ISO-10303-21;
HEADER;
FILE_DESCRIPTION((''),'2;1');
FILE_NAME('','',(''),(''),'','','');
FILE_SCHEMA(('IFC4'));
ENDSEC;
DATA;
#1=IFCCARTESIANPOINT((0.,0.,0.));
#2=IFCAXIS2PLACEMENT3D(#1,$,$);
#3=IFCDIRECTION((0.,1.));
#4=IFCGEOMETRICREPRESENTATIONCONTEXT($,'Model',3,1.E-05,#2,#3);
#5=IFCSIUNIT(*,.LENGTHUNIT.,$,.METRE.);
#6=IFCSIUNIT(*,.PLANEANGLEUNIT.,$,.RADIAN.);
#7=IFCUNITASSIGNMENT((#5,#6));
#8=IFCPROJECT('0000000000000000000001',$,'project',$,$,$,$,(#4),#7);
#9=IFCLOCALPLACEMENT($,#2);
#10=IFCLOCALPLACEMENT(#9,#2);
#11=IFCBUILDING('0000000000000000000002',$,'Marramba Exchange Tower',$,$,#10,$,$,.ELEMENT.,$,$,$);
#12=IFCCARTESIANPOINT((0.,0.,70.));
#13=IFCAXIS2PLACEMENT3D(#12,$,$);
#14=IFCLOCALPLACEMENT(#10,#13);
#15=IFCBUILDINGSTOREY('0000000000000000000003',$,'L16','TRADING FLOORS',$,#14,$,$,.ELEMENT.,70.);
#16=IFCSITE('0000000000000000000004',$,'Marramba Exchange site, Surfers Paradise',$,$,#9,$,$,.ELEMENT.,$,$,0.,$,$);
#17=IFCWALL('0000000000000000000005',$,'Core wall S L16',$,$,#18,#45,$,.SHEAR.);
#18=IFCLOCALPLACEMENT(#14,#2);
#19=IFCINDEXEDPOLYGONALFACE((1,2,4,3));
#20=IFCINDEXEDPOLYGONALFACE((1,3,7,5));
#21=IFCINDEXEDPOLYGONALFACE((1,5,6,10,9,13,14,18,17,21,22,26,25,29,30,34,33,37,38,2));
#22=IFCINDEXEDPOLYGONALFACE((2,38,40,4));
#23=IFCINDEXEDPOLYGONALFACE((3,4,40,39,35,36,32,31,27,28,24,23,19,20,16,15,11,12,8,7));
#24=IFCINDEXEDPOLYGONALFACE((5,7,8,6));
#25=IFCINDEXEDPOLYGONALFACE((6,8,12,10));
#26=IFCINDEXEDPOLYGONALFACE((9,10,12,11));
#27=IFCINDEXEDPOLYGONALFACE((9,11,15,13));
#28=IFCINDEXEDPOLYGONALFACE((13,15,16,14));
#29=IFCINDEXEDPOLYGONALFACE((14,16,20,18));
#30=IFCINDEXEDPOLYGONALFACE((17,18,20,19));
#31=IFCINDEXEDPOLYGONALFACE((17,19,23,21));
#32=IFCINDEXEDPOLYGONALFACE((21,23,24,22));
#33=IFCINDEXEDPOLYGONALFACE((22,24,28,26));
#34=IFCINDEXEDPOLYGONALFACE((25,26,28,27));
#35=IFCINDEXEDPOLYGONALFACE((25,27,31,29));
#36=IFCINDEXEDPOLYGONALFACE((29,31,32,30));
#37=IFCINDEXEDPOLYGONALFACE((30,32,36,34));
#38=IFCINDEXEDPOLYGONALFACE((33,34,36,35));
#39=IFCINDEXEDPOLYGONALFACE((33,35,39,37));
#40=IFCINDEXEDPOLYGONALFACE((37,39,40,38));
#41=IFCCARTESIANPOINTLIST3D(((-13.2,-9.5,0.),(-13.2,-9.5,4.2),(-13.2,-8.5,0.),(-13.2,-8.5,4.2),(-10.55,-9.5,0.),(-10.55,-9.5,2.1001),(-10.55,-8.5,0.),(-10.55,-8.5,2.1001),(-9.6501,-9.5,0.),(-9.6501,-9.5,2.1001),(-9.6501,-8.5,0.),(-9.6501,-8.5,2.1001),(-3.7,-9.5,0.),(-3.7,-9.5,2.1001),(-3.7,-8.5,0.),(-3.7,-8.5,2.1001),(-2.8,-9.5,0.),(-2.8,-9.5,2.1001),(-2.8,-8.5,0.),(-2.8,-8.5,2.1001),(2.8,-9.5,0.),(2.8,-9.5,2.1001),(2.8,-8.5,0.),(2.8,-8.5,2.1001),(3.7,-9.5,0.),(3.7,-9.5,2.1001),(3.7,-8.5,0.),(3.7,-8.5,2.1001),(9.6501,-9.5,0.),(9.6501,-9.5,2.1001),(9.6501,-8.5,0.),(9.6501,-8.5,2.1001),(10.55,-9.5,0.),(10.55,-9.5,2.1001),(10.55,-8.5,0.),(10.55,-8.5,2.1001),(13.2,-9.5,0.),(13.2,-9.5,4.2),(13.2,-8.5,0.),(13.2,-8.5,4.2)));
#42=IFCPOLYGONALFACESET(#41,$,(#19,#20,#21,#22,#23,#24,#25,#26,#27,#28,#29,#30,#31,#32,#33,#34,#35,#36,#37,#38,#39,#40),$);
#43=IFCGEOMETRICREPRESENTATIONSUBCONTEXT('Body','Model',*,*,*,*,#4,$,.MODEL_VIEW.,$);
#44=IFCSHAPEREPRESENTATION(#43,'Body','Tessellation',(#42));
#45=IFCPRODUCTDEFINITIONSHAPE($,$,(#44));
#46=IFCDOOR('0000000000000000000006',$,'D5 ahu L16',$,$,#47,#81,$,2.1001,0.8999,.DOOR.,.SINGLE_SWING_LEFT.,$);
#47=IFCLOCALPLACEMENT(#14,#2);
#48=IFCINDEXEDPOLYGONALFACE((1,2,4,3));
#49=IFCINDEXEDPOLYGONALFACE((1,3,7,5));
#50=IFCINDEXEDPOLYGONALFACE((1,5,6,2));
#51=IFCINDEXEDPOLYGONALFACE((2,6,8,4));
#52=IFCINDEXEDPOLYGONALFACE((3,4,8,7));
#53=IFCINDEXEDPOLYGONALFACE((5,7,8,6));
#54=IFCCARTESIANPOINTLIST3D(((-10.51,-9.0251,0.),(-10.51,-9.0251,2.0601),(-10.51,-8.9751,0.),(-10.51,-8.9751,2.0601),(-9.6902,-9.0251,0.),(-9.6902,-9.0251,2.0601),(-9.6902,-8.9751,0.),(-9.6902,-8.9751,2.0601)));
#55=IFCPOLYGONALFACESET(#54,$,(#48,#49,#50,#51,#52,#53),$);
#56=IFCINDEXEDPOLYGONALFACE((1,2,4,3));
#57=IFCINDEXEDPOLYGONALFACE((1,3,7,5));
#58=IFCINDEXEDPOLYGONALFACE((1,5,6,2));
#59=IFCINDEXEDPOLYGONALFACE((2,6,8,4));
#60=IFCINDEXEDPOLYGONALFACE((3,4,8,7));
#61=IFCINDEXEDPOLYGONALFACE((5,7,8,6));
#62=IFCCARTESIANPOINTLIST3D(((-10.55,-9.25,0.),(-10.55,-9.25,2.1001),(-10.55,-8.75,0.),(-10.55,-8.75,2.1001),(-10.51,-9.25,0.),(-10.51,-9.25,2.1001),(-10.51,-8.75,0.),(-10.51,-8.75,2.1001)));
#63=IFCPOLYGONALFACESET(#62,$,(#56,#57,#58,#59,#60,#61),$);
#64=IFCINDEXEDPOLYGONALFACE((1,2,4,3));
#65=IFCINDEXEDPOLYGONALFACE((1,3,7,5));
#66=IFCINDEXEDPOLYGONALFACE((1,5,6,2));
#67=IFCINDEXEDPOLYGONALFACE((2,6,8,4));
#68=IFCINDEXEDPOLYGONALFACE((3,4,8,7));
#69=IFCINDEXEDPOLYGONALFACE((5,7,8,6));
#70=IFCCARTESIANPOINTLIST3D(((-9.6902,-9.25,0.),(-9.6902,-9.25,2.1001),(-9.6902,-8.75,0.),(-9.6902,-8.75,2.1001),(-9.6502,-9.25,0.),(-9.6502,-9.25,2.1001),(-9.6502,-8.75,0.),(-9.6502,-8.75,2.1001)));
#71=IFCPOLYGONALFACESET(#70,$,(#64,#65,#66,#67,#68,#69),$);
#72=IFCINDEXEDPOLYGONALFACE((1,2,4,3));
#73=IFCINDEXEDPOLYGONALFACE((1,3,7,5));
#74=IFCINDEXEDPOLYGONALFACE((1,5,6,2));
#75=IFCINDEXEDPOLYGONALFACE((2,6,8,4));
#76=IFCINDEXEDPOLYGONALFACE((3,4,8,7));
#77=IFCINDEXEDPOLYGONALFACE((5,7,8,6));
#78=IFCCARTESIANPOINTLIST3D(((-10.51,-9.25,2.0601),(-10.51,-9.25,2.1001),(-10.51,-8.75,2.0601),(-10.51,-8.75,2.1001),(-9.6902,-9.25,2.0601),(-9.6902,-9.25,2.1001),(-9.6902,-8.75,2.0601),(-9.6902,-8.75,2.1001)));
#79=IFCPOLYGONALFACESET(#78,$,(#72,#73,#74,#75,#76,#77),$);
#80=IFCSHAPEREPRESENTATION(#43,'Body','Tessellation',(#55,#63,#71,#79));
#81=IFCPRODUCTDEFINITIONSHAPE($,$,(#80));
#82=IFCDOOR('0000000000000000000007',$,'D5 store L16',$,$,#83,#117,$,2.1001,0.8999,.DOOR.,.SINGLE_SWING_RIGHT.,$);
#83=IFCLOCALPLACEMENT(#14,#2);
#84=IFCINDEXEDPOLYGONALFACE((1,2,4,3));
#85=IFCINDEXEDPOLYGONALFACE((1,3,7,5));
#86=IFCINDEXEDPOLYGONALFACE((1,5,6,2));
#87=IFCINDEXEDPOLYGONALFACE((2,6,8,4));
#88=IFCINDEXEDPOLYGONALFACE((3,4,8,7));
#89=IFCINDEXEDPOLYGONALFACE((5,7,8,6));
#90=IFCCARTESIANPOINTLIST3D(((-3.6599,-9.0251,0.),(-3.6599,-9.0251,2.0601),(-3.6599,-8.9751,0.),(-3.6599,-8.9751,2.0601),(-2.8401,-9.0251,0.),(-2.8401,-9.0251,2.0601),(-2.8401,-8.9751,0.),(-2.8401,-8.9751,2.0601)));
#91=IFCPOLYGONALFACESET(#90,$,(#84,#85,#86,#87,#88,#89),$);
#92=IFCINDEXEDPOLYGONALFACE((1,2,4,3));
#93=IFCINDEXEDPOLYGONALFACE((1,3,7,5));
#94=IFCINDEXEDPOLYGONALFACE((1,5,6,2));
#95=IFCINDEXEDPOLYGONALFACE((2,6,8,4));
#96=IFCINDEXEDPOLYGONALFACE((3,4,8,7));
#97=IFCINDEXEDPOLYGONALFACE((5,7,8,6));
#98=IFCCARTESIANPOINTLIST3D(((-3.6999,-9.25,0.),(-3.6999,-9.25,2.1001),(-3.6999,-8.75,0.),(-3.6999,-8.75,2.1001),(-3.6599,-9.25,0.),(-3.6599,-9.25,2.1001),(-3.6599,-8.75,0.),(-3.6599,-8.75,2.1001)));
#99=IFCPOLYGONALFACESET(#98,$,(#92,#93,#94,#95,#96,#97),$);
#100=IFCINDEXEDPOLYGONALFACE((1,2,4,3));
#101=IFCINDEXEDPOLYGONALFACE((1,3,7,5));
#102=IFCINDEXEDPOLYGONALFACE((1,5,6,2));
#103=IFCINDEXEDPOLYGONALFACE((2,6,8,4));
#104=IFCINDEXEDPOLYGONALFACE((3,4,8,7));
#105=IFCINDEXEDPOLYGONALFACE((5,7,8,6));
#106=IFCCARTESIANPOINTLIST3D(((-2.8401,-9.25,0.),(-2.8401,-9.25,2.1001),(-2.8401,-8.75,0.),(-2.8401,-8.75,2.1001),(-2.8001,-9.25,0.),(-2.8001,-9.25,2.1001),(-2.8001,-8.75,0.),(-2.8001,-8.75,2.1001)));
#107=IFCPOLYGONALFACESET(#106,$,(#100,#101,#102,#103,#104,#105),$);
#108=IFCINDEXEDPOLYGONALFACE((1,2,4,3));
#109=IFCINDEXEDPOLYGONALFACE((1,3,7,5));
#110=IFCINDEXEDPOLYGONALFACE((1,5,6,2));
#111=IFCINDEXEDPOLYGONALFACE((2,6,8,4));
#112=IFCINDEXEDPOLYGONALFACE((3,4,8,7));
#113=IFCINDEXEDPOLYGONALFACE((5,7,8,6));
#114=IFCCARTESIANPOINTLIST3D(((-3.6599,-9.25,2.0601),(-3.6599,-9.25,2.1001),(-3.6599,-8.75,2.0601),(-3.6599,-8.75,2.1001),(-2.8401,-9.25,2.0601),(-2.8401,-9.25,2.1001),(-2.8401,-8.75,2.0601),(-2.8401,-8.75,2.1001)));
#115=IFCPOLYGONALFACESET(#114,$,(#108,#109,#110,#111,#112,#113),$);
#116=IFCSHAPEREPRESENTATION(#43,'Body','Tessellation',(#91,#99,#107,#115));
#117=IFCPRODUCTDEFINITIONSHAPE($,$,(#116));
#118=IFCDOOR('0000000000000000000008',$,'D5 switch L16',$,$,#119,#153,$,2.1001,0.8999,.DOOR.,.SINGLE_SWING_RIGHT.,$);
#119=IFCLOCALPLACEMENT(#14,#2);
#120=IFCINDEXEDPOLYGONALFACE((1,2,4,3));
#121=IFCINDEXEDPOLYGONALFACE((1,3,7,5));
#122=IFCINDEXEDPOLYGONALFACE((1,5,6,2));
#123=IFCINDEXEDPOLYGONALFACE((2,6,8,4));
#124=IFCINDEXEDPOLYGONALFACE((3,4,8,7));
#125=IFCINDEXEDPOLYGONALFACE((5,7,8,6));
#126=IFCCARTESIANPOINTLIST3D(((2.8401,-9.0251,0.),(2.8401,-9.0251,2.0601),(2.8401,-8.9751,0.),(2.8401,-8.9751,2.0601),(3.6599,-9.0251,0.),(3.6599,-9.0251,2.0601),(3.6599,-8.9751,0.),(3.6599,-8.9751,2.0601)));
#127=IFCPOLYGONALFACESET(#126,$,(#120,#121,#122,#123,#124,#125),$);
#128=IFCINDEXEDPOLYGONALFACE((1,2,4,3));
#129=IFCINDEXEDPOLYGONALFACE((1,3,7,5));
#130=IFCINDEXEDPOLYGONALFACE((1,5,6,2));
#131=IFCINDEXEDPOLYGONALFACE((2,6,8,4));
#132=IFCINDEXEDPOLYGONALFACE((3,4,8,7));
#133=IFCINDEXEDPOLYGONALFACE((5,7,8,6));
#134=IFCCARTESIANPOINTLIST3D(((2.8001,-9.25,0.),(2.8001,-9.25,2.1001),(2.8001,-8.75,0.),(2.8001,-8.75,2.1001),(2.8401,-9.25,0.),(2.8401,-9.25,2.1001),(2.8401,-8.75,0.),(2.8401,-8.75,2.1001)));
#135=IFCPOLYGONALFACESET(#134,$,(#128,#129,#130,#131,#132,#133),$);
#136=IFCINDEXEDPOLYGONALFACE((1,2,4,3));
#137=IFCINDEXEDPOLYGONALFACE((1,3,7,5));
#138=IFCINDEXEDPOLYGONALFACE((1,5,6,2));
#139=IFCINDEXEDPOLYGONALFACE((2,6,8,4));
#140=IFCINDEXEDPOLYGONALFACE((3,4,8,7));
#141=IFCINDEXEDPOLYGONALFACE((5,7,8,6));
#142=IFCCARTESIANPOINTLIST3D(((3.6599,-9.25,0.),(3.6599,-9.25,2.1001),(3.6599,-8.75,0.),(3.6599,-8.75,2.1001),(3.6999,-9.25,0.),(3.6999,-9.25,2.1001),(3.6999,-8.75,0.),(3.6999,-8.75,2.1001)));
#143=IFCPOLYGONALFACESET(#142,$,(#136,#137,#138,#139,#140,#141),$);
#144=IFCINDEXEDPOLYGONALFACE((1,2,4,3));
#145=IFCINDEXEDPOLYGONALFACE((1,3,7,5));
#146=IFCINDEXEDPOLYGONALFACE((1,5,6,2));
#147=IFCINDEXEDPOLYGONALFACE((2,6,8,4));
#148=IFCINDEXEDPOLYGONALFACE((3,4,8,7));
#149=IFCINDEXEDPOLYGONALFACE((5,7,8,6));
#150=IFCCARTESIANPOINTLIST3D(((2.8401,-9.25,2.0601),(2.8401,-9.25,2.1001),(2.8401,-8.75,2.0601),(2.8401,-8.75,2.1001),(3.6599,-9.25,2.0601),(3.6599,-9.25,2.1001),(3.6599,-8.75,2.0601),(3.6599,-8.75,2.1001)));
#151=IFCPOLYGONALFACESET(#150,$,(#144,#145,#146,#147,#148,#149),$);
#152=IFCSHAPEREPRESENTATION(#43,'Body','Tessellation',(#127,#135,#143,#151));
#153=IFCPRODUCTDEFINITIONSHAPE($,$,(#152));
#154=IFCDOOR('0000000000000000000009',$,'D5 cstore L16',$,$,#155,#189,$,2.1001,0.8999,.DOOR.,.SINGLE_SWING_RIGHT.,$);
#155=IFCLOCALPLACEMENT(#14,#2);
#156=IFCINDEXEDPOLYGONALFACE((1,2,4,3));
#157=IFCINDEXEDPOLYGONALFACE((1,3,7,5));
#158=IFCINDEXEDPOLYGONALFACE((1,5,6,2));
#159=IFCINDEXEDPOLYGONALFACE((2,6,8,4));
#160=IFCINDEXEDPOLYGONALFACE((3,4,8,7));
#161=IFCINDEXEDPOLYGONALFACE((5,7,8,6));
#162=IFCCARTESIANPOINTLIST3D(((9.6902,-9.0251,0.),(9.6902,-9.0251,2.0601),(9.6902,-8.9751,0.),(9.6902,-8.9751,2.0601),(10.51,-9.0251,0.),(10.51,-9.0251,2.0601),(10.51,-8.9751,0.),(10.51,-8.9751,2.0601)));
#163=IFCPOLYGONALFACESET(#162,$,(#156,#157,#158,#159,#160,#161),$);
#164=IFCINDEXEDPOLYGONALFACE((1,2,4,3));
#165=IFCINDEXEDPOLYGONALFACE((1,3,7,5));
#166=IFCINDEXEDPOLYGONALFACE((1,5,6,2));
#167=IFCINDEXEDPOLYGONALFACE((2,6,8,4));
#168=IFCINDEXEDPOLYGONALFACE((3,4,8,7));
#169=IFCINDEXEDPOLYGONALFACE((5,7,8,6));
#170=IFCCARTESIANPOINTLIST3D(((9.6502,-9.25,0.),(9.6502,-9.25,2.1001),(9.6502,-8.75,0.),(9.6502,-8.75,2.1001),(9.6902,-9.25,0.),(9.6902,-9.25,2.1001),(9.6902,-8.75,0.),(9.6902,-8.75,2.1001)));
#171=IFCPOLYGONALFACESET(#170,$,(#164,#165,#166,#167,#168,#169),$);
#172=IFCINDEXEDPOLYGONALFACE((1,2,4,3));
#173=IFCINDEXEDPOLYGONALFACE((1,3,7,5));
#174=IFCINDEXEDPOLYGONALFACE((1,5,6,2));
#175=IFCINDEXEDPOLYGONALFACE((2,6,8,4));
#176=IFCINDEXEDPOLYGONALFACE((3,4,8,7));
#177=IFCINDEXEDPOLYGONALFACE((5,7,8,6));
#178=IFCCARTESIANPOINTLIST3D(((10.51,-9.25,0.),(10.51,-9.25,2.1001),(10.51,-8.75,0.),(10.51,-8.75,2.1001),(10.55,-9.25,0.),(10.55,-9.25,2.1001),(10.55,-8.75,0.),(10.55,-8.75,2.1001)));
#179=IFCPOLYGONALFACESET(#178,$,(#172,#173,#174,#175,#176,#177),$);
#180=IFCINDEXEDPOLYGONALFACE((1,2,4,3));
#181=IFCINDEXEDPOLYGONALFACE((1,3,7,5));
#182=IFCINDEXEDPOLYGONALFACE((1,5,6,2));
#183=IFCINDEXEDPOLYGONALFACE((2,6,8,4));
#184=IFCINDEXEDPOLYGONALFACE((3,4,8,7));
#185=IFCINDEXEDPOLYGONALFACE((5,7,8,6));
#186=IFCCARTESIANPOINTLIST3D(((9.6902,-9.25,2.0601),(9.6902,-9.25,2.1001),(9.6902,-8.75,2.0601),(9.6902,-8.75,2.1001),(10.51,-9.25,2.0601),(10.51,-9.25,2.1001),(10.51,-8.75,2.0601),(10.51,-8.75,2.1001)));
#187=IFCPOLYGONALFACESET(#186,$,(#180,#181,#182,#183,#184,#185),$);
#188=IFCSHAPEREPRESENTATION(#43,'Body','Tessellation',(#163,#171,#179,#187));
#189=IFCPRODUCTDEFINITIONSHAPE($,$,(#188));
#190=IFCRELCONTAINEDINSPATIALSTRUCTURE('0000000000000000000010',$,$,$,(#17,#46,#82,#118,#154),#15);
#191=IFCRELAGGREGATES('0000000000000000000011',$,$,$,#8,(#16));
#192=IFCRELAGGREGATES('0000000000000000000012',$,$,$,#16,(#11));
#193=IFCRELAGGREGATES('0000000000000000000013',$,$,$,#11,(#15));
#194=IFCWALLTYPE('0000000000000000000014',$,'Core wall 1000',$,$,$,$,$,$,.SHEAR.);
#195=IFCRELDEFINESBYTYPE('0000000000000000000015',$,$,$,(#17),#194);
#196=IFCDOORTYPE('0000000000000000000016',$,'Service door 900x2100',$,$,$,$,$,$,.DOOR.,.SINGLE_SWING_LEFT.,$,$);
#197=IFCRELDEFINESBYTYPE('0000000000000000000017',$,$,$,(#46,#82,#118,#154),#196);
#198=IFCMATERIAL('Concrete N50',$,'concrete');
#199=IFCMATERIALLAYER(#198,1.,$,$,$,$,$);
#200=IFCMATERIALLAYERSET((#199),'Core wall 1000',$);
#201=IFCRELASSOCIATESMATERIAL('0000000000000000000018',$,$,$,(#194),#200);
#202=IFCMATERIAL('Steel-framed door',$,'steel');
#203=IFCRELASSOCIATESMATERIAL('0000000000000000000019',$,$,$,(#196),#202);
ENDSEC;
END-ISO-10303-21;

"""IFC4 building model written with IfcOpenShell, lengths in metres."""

from ifc_helpers import new_model, si_unit, direction, frame, frame_2d, origin, place, context, subcontext, project, spatial, rectangle, extrude, material, layer, layer_set, type_object, element, fill, save


model = new_model("IFC4")

# Units and contexts
model_context = context("Model", 3, precision=1e-05, world=origin(), true_north=direction((0.0, 1.0)))
body_context = subcontext(model_context, "Body", "Model", "MODEL_VIEW")
ifc_project = project(units=[si_unit("LENGTHUNIT", "METRE"), si_unit("PLANEANGLEUNIT", "RADIAN")], contexts=[model_context])

# Site, building, storey
site_placement = place(None, origin())
site = spatial("IfcSite", under=ifc_project, at=site_placement, Name="Marramba Exchange site, Surfers Paradise", CompositionType="ELEMENT", RefElevation=0.0)
building_placement = place(site_placement, origin())
building = spatial("IfcBuilding", under=site, at=building_placement, Name="Marramba Exchange Tower", CompositionType="ELEMENT")
storey_placement = place(building_placement, frame((0.0, 0.0, 70.0)))
storey = spatial("IfcBuildingStorey", under=building, at=storey_placement, Name="L16", Description="TRADING FLOORS", CompositionType="ELEMENT", Elevation=70.0)

# Wall, openings, doors
ifc_material_1 = material(Name="Concrete N50", Category="concrete")
ifc_layer_1 = layer(ifc_material_1, 1.0)
ifc_layer_set_1 = layer_set([ifc_layer_1], Name="Core wall 1000")
wall_type_1 = type_object("IfcWallType", Name="Core wall 1000", PredefinedType="SHEAR", material=ifc_layer_set_1)
wall_1_placement = place(storey_placement, frame((-13.2, -9.0, 0.0), z_axis=(0.0, 0.0, 1.0), x_axis=(1.0, 0.0, 0.0)))
wall_1 = element("IfcWall", 1, at=wall_1_placement, inside=storey, type_object=wall_type_1, Name="Core wall S L16", PredefinedType="SHEAR", context=body_context, shape_type="SweptSolid", body=[
    extrude(rectangle(XDim=26.3999, YDim=1.0, at=frame_2d((13.2, 0.0))), origin(), (0.0, 0.0, 1.0), 4.2),
])
opening_1_placement = place(wall_1_placement, frame((2.6499, 0.0, 0.0)))
opening_1 = element("IfcOpeningElement", 2, at=opening_1_placement, cuts=wall_1, PredefinedType="OPENING", context=body_context, shape_type="SweptSolid", body=[
    extrude(rectangle(XDim=0.8999, YDim=2.1001, at=frame_2d((0.45, 1.05))), frame((0.0, 0.51, 0.0), z_axis=(0.0, -1.0, 0.0), x_axis=(1.0, 0.0, 0.0)), (0.0, 0.0, 1.0), 1.02),
])
opening_2_placement = place(wall_1_placement, frame((9.5, 0.0, 0.0)))
opening_2 = element("IfcOpeningElement", 3, at=opening_2_placement, cuts=wall_1, PredefinedType="OPENING", context=body_context, shape_type="SweptSolid", body=[
    extrude(rectangle(XDim=0.8999, YDim=2.1001, at=frame_2d((0.45, 1.05))), frame((0.0, 0.51, 0.0), z_axis=(0.0, -1.0, 0.0), x_axis=(1.0, 0.0, 0.0)), (0.0, 0.0, 1.0), 1.02),
])
opening_3_placement = place(wall_1_placement, frame((16.0, 0.0, 0.0)))
opening_3 = element("IfcOpeningElement", 4, at=opening_3_placement, cuts=wall_1, PredefinedType="OPENING", context=body_context, shape_type="SweptSolid", body=[
    extrude(rectangle(XDim=0.8999, YDim=2.1001, at=frame_2d((0.45, 1.05))), frame((0.0, 0.51, 0.0), z_axis=(0.0, -1.0, 0.0), x_axis=(1.0, 0.0, 0.0)), (0.0, 0.0, 1.0), 1.02),
])
opening_4_placement = place(wall_1_placement, frame((22.8501, 0.0, 0.0)))
opening_4 = element("IfcOpeningElement", 5, at=opening_4_placement, cuts=wall_1, PredefinedType="OPENING", context=body_context, shape_type="SweptSolid", body=[
    extrude(rectangle(XDim=0.8999, YDim=2.1001, at=frame_2d((0.45, 1.05))), frame((0.0, 0.51, 0.0), z_axis=(0.0, -1.0, 0.0), x_axis=(1.0, 0.0, 0.0)), (0.0, 0.0, 1.0), 1.02),
])
ifc_material_2 = material(Name="Steel-framed door", Category="steel")
door_type_1 = type_object("IfcDoorType", Name="Service door 900x2100", OperationType="SINGLE_SWING_LEFT", PredefinedType="DOOR", material=ifc_material_2)
door_1_placement = place(opening_1_placement, origin())
door_1 = element("IfcDoor", 6, at=door_1_placement, inside=storey, type_object=door_type_1, Name="D5 ahu L16", OperationType="SINGLE_SWING_LEFT", OverallHeight=2.1001, OverallWidth=0.8999, PredefinedType="DOOR", context=body_context, shape_type="SweptSolid", body=[
    extrude(rectangle(XDim=0.8198, YDim=2.0601, at=frame_2d((0.45, 1.03))), frame((0.0, 0.0249, 0.0), z_axis=(0.0, -1.0, 0.0), x_axis=(1.0, 0.0, 0.0)), (0.0, 0.0, 1.0), 0.05),
    extrude(rectangle(XDim=0.04, YDim=2.1001, at=frame_2d((0.02, 1.05))), frame((0.0, 0.25, 0.0), z_axis=(0.0, -1.0, 0.0), x_axis=(1.0, 0.0, 0.0)), (0.0, 0.0, 1.0), 0.5),
    extrude(rectangle(XDim=0.04, YDim=2.1001, at=frame_2d((0.8799, 1.05))), frame((0.0, 0.25, 0.0), z_axis=(0.0, -1.0, 0.0), x_axis=(1.0, 0.0, 0.0)), (0.0, 0.0, 1.0), 0.5),
    extrude(rectangle(XDim=0.8198, YDim=0.04, at=frame_2d((0.45, 2.0801))), frame((0.0, 0.25, 0.0), z_axis=(0.0, -1.0, 0.0), x_axis=(1.0, 0.0, 0.0)), (0.0, 0.0, 1.0), 0.5),
])
fill(opening_1, door_1)
door_2_placement = place(opening_2_placement, origin())
door_2 = element("IfcDoor", 7, at=door_2_placement, inside=storey, type_object=door_type_1, Name="D5 store L16", OperationType="SINGLE_SWING_RIGHT", OverallHeight=2.1001, OverallWidth=0.8999, PredefinedType="DOOR", context=body_context, shape_type="SweptSolid", body=[
    extrude(rectangle(XDim=0.8198, YDim=2.0601, at=frame_2d((0.45, 1.03))), frame((0.0, 0.0249, 0.0), z_axis=(0.0, -1.0, 0.0), x_axis=(1.0, 0.0, 0.0)), (0.0, 0.0, 1.0), 0.05),
    extrude(rectangle(XDim=0.04, YDim=2.1001, at=frame_2d((0.02, 1.05))), frame((0.0, 0.25, 0.0), z_axis=(0.0, -1.0, 0.0), x_axis=(1.0, 0.0, 0.0)), (0.0, 0.0, 1.0), 0.5),
    extrude(rectangle(XDim=0.04, YDim=2.1001, at=frame_2d((0.8799, 1.05))), frame((0.0, 0.25, 0.0), z_axis=(0.0, -1.0, 0.0), x_axis=(1.0, 0.0, 0.0)), (0.0, 0.0, 1.0), 0.5),
    extrude(rectangle(XDim=0.8198, YDim=0.04, at=frame_2d((0.45, 2.0801))), frame((0.0, 0.25, 0.0), z_axis=(0.0, -1.0, 0.0), x_axis=(1.0, 0.0, 0.0)), (0.0, 0.0, 1.0), 0.5),
])
fill(opening_2, door_2)
door_3_placement = place(opening_3_placement, origin())
door_3 = element("IfcDoor", 8, at=door_3_placement, inside=storey, type_object=door_type_1, Name="D5 switch L16", OperationType="SINGLE_SWING_RIGHT", OverallHeight=2.1001, OverallWidth=0.8999, PredefinedType="DOOR", context=body_context, shape_type="SweptSolid", body=[
    extrude(rectangle(XDim=0.8198, YDim=2.0601, at=frame_2d((0.45, 1.03))), frame((0.0, 0.0249, 0.0), z_axis=(0.0, -1.0, 0.0), x_axis=(1.0, 0.0, 0.0)), (0.0, 0.0, 1.0), 0.05),
    extrude(rectangle(XDim=0.04, YDim=2.1001, at=frame_2d((0.02, 1.05))), frame((0.0, 0.25, 0.0), z_axis=(0.0, -1.0, 0.0), x_axis=(1.0, 0.0, 0.0)), (0.0, 0.0, 1.0), 0.5),
    extrude(rectangle(XDim=0.04, YDim=2.1001, at=frame_2d((0.8799, 1.05))), frame((0.0, 0.25, 0.0), z_axis=(0.0, -1.0, 0.0), x_axis=(1.0, 0.0, 0.0)), (0.0, 0.0, 1.0), 0.5),
    extrude(rectangle(XDim=0.8198, YDim=0.04, at=frame_2d((0.45, 2.0801))), frame((0.0, 0.25, 0.0), z_axis=(0.0, -1.0, 0.0), x_axis=(1.0, 0.0, 0.0)), (0.0, 0.0, 1.0), 0.5),
])
fill(opening_3, door_3)
door_4_placement = place(opening_4_placement, origin())
door_4 = element("IfcDoor", 9, at=door_4_placement, inside=storey, type_object=door_type_1, Name="D5 cstore L16", OperationType="SINGLE_SWING_RIGHT", OverallHeight=2.1001, OverallWidth=0.8999, PredefinedType="DOOR", context=body_context, shape_type="SweptSolid", body=[
    extrude(rectangle(XDim=0.8198, YDim=2.0601, at=frame_2d((0.45, 1.03))), frame((0.0, 0.0249, 0.0), z_axis=(0.0, -1.0, 0.0), x_axis=(1.0, 0.0, 0.0)), (0.0, 0.0, 1.0), 0.05),
    extrude(rectangle(XDim=0.04, YDim=2.1001, at=frame_2d((0.02, 1.05))), frame((0.0, 0.25, 0.0), z_axis=(0.0, -1.0, 0.0), x_axis=(1.0, 0.0, 0.0)), (0.0, 0.0, 1.0), 0.5),
    extrude(rectangle(XDim=0.04, YDim=2.1001, at=frame_2d((0.8799, 1.05))), frame((0.0, 0.25, 0.0), z_axis=(0.0, -1.0, 0.0), x_axis=(1.0, 0.0, 0.0)), (0.0, 0.0, 1.0), 0.5),
    extrude(rectangle(XDim=0.8198, YDim=0.04, at=frame_2d((0.45, 2.0801))), frame((0.0, 0.25, 0.0), z_axis=(0.0, -1.0, 0.0), x_axis=(1.0, 0.0, 0.0)), (0.0, 0.0, 1.0), 0.5),
])
fill(opening_4, door_4)

save(model, "model.ifc")
